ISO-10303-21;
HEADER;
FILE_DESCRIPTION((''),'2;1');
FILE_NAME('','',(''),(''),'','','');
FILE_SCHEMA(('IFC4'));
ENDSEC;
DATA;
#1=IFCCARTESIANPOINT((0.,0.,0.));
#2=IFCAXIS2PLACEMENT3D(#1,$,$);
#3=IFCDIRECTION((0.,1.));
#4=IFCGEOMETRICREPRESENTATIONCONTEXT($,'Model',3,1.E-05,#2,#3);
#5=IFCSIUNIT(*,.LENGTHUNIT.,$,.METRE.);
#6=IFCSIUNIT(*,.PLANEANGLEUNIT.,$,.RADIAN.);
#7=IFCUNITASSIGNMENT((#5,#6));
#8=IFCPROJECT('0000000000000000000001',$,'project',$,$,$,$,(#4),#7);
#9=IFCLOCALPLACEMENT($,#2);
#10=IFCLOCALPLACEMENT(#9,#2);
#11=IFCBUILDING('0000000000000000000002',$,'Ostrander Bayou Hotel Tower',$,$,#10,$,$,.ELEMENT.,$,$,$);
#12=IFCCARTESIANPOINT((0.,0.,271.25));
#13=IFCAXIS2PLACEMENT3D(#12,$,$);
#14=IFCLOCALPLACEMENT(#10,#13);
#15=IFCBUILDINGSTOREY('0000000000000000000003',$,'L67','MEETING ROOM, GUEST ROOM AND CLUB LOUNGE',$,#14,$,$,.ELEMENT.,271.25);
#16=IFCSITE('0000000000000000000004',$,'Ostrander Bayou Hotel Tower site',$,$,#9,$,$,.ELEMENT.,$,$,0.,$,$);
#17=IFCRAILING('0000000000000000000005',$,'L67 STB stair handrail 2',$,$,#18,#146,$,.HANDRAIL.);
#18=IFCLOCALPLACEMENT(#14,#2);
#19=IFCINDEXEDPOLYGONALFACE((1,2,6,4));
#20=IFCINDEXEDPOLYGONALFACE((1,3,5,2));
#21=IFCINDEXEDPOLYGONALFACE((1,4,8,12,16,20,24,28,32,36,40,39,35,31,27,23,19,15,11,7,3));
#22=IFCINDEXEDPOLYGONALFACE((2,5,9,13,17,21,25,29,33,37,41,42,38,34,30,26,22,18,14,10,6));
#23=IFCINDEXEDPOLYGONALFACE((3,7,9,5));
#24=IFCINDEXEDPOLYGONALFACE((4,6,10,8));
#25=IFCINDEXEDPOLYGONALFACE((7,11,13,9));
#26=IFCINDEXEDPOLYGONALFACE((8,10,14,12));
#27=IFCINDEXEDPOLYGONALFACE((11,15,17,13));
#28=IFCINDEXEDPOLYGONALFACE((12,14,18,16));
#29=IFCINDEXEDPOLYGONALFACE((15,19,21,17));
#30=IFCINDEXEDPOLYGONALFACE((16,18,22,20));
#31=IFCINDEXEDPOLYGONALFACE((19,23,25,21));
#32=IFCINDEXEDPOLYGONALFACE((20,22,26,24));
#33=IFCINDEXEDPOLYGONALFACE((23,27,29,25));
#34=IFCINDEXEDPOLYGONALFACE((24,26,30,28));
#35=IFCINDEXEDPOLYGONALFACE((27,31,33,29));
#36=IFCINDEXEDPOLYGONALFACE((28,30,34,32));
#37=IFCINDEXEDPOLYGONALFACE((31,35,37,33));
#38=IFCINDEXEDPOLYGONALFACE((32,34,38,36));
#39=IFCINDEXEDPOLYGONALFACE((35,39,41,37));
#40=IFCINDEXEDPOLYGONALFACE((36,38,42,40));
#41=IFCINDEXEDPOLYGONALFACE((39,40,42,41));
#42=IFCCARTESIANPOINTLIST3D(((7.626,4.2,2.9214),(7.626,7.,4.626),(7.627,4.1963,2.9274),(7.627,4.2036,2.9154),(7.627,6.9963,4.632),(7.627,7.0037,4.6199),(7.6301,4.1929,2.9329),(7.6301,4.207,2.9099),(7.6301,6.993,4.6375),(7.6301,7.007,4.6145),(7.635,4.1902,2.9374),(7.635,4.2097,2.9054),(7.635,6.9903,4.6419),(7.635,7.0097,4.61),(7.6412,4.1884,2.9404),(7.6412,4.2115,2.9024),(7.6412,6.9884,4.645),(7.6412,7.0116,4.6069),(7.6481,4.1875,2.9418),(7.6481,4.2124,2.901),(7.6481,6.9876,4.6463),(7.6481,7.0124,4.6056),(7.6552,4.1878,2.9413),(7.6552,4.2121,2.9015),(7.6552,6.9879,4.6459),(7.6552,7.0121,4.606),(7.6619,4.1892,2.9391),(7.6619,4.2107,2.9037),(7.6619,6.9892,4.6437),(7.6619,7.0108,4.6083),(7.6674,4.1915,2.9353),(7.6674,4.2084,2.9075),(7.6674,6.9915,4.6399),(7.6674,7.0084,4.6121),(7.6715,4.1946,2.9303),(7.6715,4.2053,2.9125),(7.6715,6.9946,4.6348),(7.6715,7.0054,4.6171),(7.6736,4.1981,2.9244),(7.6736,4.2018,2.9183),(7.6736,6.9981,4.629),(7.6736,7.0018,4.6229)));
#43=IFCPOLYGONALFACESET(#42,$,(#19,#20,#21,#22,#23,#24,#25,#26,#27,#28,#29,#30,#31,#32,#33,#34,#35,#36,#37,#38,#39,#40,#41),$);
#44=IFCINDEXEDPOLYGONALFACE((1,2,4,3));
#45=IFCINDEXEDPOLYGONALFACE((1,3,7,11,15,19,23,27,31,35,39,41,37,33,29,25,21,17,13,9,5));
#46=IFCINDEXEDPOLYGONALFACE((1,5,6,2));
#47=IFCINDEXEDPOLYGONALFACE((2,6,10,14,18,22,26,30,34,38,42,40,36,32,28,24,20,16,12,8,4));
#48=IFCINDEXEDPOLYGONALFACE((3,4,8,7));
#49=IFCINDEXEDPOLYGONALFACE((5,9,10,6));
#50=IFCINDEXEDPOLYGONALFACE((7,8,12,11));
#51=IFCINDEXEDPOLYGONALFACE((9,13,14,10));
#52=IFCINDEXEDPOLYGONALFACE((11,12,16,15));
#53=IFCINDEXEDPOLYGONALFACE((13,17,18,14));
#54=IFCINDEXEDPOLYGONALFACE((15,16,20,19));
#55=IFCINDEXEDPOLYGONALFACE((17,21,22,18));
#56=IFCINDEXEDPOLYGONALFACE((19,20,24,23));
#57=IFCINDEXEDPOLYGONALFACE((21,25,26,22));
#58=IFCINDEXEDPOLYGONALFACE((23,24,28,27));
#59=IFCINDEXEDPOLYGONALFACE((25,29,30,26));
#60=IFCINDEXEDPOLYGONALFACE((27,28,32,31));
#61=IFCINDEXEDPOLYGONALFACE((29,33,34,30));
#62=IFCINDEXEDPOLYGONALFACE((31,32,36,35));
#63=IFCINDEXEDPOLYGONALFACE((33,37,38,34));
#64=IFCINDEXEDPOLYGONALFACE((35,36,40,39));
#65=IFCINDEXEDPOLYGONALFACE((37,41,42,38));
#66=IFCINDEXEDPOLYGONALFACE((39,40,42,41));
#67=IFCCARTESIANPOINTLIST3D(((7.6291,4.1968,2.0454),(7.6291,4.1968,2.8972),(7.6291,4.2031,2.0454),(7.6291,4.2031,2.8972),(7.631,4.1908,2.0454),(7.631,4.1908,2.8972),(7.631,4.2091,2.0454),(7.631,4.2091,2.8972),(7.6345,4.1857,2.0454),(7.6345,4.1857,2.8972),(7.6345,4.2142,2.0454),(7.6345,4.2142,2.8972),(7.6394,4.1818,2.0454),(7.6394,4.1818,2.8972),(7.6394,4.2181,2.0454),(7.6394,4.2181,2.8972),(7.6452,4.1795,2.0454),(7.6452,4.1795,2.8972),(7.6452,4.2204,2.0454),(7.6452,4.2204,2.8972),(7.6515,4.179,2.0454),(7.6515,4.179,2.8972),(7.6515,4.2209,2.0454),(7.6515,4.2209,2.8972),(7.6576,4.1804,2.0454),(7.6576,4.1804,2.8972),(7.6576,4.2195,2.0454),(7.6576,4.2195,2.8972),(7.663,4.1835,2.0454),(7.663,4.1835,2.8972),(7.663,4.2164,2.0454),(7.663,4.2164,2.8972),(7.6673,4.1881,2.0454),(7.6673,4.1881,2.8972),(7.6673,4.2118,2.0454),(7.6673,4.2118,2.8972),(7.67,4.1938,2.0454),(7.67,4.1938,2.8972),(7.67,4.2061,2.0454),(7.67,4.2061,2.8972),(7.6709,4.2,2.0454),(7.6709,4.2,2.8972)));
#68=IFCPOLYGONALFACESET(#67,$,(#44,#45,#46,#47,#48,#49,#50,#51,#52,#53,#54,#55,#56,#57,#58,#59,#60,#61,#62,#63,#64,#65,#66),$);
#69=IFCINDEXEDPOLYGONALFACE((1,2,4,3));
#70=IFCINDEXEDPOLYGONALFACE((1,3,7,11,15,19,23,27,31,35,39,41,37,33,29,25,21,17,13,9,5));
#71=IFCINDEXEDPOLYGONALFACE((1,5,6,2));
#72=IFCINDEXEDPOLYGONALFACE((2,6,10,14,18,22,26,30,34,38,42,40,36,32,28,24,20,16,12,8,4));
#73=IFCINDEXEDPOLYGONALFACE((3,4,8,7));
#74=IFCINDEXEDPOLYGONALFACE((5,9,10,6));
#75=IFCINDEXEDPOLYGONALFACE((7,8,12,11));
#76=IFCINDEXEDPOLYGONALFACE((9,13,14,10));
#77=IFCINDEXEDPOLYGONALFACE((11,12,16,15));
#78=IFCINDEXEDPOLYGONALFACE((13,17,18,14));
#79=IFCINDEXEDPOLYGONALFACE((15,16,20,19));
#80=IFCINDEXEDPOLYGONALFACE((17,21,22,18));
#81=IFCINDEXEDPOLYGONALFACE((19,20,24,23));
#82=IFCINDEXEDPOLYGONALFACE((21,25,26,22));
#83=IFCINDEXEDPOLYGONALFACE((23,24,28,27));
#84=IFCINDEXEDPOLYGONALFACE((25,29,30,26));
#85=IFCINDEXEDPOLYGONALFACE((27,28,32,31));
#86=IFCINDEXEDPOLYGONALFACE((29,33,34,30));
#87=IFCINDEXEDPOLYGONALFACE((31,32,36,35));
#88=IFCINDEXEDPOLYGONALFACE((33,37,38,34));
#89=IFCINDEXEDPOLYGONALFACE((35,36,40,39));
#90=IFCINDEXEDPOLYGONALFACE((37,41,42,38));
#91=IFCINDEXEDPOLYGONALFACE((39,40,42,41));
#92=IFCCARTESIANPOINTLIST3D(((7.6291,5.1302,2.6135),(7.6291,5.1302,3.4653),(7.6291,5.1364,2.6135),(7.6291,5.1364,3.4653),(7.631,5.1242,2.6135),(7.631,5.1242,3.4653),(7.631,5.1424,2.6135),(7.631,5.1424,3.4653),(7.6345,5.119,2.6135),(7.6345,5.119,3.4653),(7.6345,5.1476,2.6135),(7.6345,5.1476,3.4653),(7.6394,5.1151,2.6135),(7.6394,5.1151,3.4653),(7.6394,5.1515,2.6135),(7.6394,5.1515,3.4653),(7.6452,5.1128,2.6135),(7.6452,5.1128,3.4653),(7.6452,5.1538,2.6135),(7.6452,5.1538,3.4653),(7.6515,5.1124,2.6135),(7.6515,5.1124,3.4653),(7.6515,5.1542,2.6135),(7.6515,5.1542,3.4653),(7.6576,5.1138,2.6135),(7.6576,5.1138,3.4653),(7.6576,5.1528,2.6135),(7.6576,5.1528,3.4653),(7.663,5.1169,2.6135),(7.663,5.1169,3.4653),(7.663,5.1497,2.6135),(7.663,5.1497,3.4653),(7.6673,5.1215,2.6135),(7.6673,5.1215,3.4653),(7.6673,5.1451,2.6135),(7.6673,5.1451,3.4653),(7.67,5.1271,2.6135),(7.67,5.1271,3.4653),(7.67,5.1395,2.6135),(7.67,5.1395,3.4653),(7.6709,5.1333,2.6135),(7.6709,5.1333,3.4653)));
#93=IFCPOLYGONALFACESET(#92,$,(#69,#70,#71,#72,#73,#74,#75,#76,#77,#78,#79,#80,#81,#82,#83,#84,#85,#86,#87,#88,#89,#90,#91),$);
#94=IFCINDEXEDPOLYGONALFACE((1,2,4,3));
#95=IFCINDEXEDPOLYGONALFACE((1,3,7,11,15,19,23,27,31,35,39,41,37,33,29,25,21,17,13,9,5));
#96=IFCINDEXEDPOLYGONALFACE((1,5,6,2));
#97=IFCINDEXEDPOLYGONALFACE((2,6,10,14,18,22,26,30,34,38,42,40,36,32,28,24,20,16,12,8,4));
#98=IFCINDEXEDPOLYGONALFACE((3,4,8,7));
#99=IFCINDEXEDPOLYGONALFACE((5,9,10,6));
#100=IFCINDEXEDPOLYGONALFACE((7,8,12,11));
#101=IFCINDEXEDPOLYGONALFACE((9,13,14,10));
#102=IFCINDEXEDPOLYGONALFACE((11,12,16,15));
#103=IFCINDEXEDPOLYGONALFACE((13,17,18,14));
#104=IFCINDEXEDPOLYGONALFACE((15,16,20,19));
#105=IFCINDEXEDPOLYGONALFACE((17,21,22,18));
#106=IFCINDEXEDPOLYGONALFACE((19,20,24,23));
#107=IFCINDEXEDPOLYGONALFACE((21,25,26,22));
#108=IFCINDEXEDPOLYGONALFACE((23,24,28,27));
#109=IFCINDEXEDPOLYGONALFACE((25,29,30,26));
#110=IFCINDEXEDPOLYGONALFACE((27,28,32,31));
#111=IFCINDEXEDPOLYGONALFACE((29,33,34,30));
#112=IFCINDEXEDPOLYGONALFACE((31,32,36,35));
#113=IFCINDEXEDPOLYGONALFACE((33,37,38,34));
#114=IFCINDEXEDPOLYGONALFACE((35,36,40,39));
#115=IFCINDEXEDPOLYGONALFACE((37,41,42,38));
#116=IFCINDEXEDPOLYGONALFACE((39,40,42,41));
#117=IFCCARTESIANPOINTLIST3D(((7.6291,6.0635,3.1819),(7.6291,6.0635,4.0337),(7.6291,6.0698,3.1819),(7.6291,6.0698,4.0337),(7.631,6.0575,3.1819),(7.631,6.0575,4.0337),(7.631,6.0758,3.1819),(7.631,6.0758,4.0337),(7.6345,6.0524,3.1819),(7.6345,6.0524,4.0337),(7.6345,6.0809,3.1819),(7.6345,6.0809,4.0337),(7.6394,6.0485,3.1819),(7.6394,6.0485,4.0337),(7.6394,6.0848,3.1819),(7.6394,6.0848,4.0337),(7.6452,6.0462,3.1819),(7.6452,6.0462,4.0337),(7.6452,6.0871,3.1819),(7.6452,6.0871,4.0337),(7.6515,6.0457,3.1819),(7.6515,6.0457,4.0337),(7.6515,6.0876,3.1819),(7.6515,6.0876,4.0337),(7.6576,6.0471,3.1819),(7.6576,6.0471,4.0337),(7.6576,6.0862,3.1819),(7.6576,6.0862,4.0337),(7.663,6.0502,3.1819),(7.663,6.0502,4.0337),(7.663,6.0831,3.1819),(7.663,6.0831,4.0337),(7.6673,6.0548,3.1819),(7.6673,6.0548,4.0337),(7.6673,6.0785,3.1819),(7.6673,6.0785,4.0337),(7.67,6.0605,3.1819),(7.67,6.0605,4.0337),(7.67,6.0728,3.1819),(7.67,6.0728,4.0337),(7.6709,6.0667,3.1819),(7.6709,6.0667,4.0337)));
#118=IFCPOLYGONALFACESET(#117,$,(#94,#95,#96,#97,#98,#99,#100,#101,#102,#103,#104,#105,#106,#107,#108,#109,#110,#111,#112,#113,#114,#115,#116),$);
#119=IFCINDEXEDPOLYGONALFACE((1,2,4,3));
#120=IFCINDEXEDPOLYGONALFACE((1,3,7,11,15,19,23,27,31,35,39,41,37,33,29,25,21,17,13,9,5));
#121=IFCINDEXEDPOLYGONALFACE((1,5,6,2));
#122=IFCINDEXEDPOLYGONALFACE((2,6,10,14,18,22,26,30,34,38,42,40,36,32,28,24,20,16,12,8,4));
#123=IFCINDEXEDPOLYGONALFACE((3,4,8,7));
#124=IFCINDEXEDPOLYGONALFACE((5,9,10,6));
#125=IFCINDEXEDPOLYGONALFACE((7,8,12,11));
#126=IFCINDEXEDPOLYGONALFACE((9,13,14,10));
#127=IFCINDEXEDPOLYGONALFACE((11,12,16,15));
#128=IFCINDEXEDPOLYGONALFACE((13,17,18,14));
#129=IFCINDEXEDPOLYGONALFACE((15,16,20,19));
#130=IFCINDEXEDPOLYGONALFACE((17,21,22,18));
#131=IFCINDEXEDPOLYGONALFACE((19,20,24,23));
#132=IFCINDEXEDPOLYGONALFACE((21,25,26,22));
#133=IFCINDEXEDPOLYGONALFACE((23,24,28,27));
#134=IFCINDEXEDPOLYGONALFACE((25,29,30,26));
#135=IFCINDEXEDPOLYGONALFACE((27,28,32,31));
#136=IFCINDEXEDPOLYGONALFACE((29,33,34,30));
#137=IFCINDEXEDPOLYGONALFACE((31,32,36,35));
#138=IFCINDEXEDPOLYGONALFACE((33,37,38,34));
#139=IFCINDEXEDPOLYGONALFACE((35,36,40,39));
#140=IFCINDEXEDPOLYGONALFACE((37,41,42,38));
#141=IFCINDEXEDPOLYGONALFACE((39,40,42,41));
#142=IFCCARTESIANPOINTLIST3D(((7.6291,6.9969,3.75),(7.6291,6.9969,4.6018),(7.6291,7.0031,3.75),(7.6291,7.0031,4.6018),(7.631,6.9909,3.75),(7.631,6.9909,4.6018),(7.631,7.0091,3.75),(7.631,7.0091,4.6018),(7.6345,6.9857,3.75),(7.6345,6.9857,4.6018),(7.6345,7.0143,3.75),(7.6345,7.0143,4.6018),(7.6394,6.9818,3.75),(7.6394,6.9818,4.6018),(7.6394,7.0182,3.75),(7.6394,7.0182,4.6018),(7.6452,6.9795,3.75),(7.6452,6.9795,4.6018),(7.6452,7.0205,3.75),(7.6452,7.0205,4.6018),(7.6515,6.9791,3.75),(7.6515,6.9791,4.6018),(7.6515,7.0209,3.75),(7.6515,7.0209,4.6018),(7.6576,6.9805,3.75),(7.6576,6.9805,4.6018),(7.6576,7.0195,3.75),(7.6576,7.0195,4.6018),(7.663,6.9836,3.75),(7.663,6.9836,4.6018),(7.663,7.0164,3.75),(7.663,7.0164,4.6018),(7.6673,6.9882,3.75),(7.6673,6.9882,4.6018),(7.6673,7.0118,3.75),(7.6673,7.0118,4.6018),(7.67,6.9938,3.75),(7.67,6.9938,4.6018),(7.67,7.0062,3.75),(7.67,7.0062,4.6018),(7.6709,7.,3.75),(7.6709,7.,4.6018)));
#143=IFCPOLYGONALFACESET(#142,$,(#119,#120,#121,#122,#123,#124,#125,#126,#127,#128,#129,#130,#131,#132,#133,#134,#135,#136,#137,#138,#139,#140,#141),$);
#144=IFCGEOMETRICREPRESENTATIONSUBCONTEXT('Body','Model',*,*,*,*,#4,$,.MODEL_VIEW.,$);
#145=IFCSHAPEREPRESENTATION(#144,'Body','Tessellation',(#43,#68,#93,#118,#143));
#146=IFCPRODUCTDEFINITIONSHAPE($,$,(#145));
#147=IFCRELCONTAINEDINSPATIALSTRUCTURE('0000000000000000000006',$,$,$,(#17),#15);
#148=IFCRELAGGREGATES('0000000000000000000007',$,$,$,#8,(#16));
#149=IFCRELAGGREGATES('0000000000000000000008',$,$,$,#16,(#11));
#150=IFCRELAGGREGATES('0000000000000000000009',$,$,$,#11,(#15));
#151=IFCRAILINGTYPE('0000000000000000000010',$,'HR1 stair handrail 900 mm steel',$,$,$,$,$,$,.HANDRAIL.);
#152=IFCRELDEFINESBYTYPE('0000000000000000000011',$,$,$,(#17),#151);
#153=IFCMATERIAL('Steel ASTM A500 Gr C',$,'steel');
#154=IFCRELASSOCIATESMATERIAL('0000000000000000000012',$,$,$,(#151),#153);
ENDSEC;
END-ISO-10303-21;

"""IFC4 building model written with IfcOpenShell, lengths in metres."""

from ifc_helpers import new_model, si_unit, direction, frame, origin, origin_2d, place, context, subcontext, project, spatial, circle, extrude, material, type_object, element, save


model = new_model("IFC4")

# Units and contexts
model_context = context("Model", 3, precision=1e-05, world=origin(), true_north=direction((0.0, 1.0)))
body_context = subcontext(model_context, "Body", "Model", "MODEL_VIEW")
ifc_project = project(units=[si_unit("LENGTHUNIT", "METRE"), si_unit("PLANEANGLEUNIT", "RADIAN")], contexts=[model_context])

# Site, building, storey
site_placement = place(None, origin())
site = spatial("IfcSite", under=ifc_project, at=site_placement, Name="Ostrander Bayou Hotel Tower site", CompositionType="ELEMENT", RefElevation=0.0)
building_placement = place(site_placement, origin())
building = spatial("IfcBuilding", under=site, at=building_placement, Name="Ostrander Bayou Hotel Tower", CompositionType="ELEMENT")
storey_placement = place(building_placement, frame((0.0, 0.0, 271.25)))
storey = spatial("IfcBuildingStorey", under=building, at=storey_placement, Name="L67", Description="MEETING ROOM, GUEST ROOM AND CLUB LOUNGE", CompositionType="ELEMENT", Elevation=271.25)

# Railing
ifc_material_1 = material(Name="Steel ASTM A500 Gr C", Category="steel")
railing_type_1 = type_object("IfcRailingType", Name="HR1 stair handrail 900 mm steel", PredefinedType="HANDRAIL", material=ifc_material_1)
railing_1_placement = place(storey_placement, frame((7.6499, 4.2, 2.0454)))
element("IfcRailing", 1, at=railing_1_placement, inside=storey, type_object=railing_type_1, Name="L67 STB stair handrail 2", PredefinedType="HANDRAIL", context=body_context, shape_type="SweptSolid", body=[
    extrude(circle(Radius=0.0239, at=origin_2d()), frame((0.0, 0.0, 0.876), z_axis=(0.0, 0.85417, 0.519994), x_axis=(-1.0, 0.0, 0.0)), (0.0, 0.0, 1.0), 3.2781),
    extrude(circle(Radius=0.021, at=origin_2d()), origin(), (0.0, 0.0, 1.0), 0.8518),
    extrude(circle(Radius=0.021, at=origin_2d()), frame((0.0, 0.9333, 0.5681)), (0.0, 0.0, 1.0), 0.8518),
    extrude(circle(Radius=0.021, at=origin_2d()), frame((0.0, 1.8667, 1.1365)), (0.0, 0.0, 1.0), 0.8518),
    extrude(circle(Radius=0.021, at=origin_2d()), frame((0.0, 2.8, 1.7046)), (0.0, 0.0, 1.0), 0.8518),
])

save(model, "model.ifc")
